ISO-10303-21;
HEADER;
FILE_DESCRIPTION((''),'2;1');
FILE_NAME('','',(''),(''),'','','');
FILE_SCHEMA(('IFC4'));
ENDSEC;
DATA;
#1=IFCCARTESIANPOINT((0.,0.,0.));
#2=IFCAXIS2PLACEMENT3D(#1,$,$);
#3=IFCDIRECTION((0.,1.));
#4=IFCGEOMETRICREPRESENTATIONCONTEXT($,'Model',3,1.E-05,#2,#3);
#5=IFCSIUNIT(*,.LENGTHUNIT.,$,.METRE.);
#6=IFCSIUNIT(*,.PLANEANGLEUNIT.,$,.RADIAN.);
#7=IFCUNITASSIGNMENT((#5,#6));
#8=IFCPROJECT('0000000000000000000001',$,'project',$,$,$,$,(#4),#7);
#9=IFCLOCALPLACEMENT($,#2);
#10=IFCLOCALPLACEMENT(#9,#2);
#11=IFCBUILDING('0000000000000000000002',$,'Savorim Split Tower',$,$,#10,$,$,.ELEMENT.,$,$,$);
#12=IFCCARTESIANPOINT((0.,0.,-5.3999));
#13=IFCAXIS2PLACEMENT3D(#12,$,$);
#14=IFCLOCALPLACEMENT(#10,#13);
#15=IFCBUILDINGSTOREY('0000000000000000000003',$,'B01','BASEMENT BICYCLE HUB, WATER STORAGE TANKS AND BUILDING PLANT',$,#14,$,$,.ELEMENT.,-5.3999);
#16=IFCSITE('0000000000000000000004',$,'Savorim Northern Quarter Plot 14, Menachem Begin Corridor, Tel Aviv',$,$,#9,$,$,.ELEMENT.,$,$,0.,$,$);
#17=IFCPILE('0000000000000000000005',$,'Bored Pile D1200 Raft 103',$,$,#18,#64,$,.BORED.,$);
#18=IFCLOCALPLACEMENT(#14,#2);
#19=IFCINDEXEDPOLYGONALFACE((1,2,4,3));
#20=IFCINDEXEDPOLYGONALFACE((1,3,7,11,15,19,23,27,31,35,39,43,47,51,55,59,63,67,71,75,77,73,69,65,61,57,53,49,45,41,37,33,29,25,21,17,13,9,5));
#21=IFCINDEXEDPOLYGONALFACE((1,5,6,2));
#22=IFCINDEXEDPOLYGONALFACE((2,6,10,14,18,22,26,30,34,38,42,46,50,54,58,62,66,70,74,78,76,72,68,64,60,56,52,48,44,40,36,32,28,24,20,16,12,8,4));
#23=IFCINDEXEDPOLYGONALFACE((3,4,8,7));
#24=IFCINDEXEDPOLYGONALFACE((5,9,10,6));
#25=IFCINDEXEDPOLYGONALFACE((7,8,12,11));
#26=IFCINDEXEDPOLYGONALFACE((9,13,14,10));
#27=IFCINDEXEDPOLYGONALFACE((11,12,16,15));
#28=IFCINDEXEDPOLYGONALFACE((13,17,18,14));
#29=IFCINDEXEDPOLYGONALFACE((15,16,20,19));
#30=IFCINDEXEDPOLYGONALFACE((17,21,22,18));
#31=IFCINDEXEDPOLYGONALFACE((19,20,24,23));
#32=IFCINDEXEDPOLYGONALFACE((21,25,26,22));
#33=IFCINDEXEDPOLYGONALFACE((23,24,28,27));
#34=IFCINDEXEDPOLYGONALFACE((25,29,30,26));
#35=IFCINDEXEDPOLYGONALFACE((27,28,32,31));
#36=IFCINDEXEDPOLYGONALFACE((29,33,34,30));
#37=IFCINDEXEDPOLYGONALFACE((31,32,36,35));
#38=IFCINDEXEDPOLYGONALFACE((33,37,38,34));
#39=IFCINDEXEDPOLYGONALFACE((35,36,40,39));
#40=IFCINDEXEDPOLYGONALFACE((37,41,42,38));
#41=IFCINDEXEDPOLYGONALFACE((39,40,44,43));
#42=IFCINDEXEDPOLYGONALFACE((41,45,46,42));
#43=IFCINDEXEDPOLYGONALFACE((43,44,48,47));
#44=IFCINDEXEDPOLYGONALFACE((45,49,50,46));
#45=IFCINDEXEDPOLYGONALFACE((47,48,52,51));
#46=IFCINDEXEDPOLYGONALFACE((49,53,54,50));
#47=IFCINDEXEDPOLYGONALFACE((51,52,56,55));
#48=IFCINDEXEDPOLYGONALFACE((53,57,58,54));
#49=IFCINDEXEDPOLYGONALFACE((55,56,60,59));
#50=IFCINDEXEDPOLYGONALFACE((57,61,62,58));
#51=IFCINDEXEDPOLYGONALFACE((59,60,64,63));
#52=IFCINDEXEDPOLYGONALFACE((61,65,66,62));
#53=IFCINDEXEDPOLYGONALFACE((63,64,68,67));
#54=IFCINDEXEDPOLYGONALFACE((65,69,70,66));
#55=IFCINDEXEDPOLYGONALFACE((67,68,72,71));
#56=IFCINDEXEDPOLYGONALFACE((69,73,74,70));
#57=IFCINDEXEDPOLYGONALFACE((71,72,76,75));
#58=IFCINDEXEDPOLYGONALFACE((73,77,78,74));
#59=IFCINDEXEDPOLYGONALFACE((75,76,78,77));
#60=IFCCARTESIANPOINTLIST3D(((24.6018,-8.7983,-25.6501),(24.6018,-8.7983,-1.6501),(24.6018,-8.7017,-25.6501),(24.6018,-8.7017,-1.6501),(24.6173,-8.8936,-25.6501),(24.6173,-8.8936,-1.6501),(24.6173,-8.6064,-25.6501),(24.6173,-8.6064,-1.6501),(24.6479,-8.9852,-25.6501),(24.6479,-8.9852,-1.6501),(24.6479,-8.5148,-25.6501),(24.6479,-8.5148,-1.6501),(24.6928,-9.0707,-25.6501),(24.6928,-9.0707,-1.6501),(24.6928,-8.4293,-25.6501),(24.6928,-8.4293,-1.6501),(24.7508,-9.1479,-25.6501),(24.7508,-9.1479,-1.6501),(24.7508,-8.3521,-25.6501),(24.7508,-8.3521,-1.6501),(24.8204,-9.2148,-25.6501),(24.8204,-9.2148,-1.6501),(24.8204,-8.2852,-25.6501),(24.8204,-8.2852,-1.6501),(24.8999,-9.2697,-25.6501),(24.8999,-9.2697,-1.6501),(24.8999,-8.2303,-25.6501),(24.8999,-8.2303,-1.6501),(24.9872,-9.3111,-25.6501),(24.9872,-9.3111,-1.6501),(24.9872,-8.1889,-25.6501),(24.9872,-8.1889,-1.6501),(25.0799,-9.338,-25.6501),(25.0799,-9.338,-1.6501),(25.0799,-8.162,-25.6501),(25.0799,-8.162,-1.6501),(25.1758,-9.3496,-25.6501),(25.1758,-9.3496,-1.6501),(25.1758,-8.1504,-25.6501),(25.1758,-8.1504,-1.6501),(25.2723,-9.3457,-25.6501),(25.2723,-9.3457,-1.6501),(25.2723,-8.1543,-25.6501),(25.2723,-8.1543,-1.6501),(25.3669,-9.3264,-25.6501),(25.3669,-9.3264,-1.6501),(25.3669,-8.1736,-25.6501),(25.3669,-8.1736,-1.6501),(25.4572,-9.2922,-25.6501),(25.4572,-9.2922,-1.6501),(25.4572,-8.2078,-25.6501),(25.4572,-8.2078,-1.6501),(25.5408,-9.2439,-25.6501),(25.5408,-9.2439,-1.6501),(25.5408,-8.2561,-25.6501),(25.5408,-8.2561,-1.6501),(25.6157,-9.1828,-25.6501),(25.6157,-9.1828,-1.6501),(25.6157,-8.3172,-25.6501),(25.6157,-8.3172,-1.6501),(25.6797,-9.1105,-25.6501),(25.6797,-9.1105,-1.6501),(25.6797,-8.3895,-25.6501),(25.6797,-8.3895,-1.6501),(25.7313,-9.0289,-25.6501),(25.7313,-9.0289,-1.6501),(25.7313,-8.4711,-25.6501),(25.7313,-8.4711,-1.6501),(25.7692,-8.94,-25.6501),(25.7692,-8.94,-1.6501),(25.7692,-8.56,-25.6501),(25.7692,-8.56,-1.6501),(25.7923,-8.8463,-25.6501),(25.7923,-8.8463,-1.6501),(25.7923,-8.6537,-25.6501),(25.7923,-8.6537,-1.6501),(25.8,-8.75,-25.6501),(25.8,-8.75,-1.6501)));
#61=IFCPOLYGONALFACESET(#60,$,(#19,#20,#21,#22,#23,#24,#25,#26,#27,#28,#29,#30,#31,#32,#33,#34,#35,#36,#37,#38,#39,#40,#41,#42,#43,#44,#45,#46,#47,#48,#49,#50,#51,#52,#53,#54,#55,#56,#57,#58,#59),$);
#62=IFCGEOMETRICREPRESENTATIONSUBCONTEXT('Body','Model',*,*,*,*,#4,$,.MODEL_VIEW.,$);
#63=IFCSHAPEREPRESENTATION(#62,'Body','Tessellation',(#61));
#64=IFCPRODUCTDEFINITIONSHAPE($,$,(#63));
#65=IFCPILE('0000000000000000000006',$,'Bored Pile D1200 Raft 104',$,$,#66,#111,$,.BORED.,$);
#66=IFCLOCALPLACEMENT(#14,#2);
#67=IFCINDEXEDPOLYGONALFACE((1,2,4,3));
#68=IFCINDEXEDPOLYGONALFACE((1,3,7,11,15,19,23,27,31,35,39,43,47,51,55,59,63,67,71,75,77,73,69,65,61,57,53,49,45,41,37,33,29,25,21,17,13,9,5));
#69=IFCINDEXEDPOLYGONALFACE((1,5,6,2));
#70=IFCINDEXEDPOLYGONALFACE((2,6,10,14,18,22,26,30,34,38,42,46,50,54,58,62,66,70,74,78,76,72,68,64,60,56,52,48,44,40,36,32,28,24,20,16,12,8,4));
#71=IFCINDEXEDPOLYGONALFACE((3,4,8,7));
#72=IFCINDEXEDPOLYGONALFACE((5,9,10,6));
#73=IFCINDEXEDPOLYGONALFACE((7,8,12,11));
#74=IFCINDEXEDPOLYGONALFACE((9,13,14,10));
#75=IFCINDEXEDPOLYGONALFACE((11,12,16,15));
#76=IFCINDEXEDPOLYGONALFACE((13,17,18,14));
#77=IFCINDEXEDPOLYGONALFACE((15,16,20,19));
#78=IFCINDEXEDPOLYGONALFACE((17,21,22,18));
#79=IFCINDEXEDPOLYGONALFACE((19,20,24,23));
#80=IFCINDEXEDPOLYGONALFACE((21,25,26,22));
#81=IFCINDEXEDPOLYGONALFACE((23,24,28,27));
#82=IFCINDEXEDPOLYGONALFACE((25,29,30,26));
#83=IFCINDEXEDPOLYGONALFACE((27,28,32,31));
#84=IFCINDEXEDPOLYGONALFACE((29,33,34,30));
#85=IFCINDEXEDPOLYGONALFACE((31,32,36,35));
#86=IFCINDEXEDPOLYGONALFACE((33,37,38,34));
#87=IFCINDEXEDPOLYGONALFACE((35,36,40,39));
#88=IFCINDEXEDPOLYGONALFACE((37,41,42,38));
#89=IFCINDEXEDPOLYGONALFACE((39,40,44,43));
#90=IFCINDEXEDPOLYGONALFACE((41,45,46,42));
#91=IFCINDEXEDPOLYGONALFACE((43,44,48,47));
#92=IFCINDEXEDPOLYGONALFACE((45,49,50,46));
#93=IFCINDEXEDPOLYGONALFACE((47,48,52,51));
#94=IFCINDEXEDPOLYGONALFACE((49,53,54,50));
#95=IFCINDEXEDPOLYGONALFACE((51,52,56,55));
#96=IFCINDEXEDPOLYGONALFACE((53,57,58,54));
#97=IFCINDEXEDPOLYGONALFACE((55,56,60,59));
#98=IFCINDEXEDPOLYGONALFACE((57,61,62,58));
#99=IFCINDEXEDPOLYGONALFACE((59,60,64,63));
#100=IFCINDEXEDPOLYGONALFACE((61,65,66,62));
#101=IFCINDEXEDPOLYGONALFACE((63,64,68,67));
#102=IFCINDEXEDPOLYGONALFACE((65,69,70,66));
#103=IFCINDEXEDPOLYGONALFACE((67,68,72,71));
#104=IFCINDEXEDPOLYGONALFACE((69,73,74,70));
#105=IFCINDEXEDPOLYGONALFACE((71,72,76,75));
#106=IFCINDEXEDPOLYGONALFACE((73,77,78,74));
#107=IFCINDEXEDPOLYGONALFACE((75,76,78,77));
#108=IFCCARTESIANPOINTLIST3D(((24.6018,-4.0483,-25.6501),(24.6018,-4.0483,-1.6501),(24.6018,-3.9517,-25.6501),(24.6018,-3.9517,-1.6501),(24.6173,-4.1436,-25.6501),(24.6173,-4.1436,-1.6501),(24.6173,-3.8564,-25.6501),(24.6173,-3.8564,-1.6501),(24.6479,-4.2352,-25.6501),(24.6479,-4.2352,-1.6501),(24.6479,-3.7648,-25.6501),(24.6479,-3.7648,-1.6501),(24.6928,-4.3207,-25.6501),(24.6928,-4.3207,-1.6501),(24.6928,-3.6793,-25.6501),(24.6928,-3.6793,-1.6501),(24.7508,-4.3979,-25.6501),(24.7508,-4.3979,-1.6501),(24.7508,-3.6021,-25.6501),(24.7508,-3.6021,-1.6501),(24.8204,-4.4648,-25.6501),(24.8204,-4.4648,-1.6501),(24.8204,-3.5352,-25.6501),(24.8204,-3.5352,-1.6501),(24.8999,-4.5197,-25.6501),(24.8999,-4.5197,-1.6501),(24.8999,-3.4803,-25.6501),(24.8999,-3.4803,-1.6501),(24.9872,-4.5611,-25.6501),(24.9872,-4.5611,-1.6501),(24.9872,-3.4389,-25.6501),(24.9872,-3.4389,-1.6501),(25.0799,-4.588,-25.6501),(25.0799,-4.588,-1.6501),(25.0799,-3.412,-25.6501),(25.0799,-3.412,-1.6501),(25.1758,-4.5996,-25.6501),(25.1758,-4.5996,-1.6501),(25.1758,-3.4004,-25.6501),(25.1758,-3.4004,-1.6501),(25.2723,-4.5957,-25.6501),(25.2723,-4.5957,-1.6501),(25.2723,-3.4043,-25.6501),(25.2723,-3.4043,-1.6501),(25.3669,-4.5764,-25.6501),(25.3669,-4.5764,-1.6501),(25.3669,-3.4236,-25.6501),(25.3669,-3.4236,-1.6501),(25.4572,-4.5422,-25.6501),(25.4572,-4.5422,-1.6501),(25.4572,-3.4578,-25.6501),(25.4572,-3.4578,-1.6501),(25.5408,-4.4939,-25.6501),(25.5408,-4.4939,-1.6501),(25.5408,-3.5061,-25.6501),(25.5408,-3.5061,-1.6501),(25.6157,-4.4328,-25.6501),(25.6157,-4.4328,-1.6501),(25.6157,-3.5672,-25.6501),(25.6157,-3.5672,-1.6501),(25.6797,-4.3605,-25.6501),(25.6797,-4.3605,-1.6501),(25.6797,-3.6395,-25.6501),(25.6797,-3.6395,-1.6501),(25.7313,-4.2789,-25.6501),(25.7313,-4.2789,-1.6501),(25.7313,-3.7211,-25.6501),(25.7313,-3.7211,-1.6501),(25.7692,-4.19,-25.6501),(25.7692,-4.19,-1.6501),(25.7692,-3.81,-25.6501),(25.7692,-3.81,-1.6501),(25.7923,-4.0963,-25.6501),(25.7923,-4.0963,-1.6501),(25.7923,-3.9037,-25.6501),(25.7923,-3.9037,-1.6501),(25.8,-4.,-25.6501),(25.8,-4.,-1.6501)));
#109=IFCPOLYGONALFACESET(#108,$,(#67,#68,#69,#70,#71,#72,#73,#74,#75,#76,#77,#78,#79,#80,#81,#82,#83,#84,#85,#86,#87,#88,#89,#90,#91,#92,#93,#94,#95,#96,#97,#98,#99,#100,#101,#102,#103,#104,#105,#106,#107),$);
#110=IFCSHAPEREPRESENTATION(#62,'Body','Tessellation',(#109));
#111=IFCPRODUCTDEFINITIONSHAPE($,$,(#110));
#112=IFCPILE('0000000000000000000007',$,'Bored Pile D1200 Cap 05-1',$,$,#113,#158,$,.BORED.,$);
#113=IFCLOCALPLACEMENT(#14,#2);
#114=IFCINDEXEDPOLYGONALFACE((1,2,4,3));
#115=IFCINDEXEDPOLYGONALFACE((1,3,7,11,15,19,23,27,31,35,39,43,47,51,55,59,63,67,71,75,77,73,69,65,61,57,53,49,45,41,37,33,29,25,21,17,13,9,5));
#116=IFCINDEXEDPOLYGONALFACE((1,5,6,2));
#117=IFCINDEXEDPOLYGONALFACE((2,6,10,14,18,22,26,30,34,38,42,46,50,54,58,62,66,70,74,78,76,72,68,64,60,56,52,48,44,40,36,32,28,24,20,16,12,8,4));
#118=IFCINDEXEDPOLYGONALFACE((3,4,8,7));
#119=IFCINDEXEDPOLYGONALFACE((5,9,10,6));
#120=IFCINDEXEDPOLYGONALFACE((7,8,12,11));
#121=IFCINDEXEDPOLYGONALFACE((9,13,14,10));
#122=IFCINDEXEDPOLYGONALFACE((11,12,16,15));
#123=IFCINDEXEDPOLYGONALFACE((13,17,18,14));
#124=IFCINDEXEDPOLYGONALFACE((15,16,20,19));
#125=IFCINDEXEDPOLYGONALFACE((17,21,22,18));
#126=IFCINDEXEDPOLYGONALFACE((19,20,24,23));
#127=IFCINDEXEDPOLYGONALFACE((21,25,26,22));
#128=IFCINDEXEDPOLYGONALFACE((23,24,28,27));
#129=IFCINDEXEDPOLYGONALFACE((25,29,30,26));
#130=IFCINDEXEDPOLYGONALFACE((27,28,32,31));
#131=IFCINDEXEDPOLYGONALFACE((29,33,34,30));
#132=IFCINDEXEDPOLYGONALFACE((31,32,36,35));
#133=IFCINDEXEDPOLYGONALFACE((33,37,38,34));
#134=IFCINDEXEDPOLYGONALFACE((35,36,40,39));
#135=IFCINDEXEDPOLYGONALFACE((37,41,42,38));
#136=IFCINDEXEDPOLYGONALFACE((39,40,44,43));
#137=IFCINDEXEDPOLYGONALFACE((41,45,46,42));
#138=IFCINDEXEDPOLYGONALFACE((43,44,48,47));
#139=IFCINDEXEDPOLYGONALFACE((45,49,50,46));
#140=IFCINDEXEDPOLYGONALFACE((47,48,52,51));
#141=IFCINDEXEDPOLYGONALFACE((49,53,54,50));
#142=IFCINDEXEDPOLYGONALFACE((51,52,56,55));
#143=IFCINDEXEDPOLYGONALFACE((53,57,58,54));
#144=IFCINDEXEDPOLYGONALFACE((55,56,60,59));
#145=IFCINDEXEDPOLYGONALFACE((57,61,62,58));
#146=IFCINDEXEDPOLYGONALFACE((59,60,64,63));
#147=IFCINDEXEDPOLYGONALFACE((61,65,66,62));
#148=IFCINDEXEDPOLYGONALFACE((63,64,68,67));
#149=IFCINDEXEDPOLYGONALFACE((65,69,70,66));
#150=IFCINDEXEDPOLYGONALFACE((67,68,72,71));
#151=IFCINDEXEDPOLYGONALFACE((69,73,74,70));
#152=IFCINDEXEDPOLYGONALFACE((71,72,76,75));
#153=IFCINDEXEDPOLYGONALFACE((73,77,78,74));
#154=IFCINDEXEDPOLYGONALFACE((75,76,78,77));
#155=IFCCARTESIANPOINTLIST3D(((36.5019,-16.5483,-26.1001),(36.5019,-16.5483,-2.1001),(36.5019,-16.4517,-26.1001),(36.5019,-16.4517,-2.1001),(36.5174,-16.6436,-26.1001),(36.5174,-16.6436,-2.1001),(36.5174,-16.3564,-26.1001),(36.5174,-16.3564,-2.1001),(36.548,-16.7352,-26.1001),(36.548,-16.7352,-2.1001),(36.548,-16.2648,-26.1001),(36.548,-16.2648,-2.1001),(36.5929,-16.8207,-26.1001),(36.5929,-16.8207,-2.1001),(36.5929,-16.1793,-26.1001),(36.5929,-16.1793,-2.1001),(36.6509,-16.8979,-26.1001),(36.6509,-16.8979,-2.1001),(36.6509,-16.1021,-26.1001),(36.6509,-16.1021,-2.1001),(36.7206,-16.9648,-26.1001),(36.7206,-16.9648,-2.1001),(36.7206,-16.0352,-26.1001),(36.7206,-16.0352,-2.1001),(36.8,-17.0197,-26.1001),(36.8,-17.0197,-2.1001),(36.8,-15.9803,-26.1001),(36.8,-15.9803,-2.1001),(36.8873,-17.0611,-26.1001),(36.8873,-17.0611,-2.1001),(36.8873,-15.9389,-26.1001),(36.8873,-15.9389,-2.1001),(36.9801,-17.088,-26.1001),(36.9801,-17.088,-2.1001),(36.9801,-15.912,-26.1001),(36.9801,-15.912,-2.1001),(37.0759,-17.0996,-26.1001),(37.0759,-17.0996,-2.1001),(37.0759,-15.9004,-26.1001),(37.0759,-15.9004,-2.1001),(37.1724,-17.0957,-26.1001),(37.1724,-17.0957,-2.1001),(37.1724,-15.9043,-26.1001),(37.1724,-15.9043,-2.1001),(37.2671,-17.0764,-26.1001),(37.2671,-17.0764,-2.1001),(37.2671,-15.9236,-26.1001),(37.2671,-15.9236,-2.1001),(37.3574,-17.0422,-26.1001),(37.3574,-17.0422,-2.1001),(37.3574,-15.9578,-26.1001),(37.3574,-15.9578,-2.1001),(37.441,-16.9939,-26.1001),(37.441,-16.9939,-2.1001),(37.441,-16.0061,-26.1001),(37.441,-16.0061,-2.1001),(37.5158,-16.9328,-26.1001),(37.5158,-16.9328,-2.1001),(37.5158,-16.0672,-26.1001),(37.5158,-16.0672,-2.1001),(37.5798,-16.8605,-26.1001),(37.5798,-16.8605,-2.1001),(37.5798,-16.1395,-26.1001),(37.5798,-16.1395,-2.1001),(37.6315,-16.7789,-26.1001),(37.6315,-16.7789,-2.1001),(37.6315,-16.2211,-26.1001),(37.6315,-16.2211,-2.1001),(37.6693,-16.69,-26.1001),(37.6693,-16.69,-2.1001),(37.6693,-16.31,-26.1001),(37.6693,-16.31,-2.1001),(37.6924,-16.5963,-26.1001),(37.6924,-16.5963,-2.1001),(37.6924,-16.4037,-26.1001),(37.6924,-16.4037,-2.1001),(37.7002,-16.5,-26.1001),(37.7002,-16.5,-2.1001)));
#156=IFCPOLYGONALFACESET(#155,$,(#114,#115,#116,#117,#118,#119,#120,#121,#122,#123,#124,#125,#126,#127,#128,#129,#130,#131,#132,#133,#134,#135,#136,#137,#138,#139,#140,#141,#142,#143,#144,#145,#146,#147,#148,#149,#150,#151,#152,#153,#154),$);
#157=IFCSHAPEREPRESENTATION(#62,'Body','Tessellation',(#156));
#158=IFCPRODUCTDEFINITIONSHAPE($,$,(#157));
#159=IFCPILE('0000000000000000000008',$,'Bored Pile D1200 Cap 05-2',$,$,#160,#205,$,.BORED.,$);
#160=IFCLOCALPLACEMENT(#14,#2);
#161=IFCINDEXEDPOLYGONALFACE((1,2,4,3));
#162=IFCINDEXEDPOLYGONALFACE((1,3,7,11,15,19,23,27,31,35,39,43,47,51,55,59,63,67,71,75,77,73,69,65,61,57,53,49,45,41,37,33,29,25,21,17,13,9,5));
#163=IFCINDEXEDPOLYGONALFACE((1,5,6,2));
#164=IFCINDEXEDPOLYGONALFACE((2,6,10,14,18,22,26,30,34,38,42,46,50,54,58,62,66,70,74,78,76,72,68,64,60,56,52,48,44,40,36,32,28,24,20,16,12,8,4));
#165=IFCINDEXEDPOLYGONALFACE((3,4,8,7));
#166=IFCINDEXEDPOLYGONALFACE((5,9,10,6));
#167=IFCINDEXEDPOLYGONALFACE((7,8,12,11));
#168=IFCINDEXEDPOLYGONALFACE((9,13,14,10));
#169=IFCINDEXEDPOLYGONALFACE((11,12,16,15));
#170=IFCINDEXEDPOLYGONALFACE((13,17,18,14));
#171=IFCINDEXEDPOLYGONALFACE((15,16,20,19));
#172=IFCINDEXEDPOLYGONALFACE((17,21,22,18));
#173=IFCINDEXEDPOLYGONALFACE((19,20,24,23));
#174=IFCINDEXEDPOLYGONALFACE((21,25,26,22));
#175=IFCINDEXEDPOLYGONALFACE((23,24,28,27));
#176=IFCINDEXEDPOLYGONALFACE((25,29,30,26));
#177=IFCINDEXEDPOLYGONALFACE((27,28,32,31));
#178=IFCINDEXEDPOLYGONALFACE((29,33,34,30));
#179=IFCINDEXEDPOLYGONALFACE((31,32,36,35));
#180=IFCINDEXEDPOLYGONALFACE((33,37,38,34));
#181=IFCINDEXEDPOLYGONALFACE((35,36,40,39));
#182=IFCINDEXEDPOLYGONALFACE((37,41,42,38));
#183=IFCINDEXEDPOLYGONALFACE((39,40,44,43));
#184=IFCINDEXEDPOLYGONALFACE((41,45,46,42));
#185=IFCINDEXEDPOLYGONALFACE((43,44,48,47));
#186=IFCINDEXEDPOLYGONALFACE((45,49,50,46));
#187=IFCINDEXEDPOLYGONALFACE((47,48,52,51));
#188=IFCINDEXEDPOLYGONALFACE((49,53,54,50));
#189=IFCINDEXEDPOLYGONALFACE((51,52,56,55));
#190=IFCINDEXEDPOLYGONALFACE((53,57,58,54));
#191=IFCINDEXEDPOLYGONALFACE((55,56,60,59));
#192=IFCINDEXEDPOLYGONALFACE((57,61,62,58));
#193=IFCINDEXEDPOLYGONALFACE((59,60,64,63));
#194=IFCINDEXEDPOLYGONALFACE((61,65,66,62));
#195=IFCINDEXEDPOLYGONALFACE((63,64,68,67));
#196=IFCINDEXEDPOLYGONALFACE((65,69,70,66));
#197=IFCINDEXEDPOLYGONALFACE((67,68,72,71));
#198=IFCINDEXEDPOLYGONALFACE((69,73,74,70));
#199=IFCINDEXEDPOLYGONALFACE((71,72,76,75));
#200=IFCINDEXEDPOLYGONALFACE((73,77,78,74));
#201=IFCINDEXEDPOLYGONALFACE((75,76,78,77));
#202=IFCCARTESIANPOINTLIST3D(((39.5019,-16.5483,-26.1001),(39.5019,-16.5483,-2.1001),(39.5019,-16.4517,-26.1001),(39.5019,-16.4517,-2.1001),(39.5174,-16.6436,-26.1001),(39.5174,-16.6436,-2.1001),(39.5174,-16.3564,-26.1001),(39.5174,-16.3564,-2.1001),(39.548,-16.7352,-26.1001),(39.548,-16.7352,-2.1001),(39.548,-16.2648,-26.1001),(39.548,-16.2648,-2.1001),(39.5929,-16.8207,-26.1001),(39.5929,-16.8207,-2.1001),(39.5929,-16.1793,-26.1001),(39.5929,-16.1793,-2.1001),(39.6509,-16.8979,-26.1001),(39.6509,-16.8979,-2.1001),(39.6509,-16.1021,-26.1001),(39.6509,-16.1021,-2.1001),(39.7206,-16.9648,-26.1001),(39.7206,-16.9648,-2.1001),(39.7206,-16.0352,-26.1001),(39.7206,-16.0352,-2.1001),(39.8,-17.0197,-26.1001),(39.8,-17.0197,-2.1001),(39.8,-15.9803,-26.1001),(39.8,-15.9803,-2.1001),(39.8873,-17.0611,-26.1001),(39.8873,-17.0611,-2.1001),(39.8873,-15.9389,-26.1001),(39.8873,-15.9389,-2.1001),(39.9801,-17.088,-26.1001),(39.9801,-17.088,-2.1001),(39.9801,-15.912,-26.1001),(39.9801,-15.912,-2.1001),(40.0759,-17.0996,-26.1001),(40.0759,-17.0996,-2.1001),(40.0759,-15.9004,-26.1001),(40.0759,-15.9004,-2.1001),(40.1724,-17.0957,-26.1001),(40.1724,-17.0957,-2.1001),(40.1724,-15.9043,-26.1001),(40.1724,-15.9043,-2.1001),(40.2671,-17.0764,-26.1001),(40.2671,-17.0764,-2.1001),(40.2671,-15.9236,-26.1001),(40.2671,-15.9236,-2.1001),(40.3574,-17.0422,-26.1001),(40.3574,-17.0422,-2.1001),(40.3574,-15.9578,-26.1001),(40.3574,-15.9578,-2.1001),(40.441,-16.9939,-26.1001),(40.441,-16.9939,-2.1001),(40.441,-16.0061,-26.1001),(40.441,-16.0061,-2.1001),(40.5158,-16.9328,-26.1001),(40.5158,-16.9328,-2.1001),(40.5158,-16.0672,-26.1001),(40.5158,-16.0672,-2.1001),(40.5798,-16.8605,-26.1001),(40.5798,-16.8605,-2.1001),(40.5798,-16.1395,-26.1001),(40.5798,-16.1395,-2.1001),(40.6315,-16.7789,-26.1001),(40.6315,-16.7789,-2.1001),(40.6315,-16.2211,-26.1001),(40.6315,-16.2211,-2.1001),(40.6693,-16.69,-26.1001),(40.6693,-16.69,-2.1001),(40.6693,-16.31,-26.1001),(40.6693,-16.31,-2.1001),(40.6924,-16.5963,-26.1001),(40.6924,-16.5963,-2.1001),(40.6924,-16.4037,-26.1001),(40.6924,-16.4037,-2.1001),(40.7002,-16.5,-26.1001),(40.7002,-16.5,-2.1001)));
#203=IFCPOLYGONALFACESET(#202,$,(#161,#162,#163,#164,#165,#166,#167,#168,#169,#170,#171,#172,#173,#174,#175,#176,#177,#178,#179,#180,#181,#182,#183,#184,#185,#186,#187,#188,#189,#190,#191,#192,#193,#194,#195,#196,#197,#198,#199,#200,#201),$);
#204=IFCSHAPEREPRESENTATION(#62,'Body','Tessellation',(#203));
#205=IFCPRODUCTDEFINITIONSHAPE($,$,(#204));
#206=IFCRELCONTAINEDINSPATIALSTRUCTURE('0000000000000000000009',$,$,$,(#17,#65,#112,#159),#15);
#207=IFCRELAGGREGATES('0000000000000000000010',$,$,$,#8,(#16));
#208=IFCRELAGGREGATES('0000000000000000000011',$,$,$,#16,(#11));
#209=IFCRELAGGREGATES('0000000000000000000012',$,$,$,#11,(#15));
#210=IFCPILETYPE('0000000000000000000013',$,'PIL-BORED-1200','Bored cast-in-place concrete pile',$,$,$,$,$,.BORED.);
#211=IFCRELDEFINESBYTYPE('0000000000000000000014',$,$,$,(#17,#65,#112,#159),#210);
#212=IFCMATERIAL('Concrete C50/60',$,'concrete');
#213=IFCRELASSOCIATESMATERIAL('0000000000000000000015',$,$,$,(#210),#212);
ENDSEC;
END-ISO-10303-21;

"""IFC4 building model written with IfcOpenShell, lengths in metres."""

from ifc_helpers import new_model, si_unit, direction, frame, origin, origin_2d, place, context, subcontext, project, spatial, circle, extrude, material, material_profile, profile_set, type_object, element, save


model = new_model("IFC4")

# Units and contexts
model_context = context("Model", 3, precision=1e-05, world=origin(), true_north=direction((0.0, 1.0)))
body_context = subcontext(model_context, "Body", "Model", "MODEL_VIEW")
ifc_project = project(units=[si_unit("LENGTHUNIT", "METRE"), si_unit("PLANEANGLEUNIT", "RADIAN")], contexts=[model_context])

# Site, building, storey
site_placement = place(None, origin())
site = spatial("IfcSite", under=ifc_project, at=site_placement, Name="Savorim Northern Quarter Plot 14, Menachem Begin Corridor, Tel Aviv", CompositionType="ELEMENT", RefElevation=0.0)
building_placement = place(site_placement, origin())
building = spatial("IfcBuilding", under=site, at=building_placement, Name="Savorim Split Tower", CompositionType="ELEMENT")
storey_placement = place(building_placement, frame((0.0, 0.0, -5.3999)))
storey = spatial("IfcBuildingStorey", under=building, at=storey_placement, Name="B01", Description="BASEMENT BICYCLE HUB, WATER STORAGE TANKS AND BUILDING PLANT", CompositionType="ELEMENT", Elevation=-5.3999)

# Shared definitions
ifc_material_1 = material(Name="Concrete C50/60", Category="concrete")

# Piles
ifc_material_profile_1 = material_profile(ifc_material_1, circle(Radius=0.6001, at=origin_2d()), Name="PILE D1200")
ifc_profile_set_1 = profile_set([ifc_material_profile_1], Name="Concrete C50/60")
pile_type = type_object("IfcPileType", Name="PIL-BORED-1200", Description="Bored cast-in-place concrete pile", PredefinedType="BORED", material=ifc_profile_set_1)
for number, where, z_axis, x_axis, name in (
    (1, (25.2, -8.75, -1.6501), (0.0, 0.0, -1.0), (1.0, 0.0, 0.0), "Bored Pile D1200 Raft 103"),
    (2, (25.2, -4.0, -1.6501), (0.0, 0.0, -1.0), (1.0, 0.0, 0.0), "Bored Pile D1200 Raft 104"),
    (3, (37.1001, -16.5, -2.1001), (0.0, 0.0, -1.0), (1.0, 0.0, 0.0), "Bored Pile D1200 Cap 05-1"),
    (4, (40.1001, -16.5, -2.1001), (0.0, 0.0, -1.0), (1.0, 0.0, 0.0), "Bored Pile D1200 Cap 05-2"),
):
    element("IfcPile", number, at=place(storey_placement, frame(where, z_axis=z_axis, x_axis=x_axis)), inside=storey, type_object=pile_type, Name=name, PredefinedType="BORED", context=body_context, shape_type="SweptSolid", body=[
        extrude(circle(Radius=0.6001, at=origin_2d()), origin(), (0.0, 0.0, 1.0), 24.0),
    ])

save(model, "model.ifc")
